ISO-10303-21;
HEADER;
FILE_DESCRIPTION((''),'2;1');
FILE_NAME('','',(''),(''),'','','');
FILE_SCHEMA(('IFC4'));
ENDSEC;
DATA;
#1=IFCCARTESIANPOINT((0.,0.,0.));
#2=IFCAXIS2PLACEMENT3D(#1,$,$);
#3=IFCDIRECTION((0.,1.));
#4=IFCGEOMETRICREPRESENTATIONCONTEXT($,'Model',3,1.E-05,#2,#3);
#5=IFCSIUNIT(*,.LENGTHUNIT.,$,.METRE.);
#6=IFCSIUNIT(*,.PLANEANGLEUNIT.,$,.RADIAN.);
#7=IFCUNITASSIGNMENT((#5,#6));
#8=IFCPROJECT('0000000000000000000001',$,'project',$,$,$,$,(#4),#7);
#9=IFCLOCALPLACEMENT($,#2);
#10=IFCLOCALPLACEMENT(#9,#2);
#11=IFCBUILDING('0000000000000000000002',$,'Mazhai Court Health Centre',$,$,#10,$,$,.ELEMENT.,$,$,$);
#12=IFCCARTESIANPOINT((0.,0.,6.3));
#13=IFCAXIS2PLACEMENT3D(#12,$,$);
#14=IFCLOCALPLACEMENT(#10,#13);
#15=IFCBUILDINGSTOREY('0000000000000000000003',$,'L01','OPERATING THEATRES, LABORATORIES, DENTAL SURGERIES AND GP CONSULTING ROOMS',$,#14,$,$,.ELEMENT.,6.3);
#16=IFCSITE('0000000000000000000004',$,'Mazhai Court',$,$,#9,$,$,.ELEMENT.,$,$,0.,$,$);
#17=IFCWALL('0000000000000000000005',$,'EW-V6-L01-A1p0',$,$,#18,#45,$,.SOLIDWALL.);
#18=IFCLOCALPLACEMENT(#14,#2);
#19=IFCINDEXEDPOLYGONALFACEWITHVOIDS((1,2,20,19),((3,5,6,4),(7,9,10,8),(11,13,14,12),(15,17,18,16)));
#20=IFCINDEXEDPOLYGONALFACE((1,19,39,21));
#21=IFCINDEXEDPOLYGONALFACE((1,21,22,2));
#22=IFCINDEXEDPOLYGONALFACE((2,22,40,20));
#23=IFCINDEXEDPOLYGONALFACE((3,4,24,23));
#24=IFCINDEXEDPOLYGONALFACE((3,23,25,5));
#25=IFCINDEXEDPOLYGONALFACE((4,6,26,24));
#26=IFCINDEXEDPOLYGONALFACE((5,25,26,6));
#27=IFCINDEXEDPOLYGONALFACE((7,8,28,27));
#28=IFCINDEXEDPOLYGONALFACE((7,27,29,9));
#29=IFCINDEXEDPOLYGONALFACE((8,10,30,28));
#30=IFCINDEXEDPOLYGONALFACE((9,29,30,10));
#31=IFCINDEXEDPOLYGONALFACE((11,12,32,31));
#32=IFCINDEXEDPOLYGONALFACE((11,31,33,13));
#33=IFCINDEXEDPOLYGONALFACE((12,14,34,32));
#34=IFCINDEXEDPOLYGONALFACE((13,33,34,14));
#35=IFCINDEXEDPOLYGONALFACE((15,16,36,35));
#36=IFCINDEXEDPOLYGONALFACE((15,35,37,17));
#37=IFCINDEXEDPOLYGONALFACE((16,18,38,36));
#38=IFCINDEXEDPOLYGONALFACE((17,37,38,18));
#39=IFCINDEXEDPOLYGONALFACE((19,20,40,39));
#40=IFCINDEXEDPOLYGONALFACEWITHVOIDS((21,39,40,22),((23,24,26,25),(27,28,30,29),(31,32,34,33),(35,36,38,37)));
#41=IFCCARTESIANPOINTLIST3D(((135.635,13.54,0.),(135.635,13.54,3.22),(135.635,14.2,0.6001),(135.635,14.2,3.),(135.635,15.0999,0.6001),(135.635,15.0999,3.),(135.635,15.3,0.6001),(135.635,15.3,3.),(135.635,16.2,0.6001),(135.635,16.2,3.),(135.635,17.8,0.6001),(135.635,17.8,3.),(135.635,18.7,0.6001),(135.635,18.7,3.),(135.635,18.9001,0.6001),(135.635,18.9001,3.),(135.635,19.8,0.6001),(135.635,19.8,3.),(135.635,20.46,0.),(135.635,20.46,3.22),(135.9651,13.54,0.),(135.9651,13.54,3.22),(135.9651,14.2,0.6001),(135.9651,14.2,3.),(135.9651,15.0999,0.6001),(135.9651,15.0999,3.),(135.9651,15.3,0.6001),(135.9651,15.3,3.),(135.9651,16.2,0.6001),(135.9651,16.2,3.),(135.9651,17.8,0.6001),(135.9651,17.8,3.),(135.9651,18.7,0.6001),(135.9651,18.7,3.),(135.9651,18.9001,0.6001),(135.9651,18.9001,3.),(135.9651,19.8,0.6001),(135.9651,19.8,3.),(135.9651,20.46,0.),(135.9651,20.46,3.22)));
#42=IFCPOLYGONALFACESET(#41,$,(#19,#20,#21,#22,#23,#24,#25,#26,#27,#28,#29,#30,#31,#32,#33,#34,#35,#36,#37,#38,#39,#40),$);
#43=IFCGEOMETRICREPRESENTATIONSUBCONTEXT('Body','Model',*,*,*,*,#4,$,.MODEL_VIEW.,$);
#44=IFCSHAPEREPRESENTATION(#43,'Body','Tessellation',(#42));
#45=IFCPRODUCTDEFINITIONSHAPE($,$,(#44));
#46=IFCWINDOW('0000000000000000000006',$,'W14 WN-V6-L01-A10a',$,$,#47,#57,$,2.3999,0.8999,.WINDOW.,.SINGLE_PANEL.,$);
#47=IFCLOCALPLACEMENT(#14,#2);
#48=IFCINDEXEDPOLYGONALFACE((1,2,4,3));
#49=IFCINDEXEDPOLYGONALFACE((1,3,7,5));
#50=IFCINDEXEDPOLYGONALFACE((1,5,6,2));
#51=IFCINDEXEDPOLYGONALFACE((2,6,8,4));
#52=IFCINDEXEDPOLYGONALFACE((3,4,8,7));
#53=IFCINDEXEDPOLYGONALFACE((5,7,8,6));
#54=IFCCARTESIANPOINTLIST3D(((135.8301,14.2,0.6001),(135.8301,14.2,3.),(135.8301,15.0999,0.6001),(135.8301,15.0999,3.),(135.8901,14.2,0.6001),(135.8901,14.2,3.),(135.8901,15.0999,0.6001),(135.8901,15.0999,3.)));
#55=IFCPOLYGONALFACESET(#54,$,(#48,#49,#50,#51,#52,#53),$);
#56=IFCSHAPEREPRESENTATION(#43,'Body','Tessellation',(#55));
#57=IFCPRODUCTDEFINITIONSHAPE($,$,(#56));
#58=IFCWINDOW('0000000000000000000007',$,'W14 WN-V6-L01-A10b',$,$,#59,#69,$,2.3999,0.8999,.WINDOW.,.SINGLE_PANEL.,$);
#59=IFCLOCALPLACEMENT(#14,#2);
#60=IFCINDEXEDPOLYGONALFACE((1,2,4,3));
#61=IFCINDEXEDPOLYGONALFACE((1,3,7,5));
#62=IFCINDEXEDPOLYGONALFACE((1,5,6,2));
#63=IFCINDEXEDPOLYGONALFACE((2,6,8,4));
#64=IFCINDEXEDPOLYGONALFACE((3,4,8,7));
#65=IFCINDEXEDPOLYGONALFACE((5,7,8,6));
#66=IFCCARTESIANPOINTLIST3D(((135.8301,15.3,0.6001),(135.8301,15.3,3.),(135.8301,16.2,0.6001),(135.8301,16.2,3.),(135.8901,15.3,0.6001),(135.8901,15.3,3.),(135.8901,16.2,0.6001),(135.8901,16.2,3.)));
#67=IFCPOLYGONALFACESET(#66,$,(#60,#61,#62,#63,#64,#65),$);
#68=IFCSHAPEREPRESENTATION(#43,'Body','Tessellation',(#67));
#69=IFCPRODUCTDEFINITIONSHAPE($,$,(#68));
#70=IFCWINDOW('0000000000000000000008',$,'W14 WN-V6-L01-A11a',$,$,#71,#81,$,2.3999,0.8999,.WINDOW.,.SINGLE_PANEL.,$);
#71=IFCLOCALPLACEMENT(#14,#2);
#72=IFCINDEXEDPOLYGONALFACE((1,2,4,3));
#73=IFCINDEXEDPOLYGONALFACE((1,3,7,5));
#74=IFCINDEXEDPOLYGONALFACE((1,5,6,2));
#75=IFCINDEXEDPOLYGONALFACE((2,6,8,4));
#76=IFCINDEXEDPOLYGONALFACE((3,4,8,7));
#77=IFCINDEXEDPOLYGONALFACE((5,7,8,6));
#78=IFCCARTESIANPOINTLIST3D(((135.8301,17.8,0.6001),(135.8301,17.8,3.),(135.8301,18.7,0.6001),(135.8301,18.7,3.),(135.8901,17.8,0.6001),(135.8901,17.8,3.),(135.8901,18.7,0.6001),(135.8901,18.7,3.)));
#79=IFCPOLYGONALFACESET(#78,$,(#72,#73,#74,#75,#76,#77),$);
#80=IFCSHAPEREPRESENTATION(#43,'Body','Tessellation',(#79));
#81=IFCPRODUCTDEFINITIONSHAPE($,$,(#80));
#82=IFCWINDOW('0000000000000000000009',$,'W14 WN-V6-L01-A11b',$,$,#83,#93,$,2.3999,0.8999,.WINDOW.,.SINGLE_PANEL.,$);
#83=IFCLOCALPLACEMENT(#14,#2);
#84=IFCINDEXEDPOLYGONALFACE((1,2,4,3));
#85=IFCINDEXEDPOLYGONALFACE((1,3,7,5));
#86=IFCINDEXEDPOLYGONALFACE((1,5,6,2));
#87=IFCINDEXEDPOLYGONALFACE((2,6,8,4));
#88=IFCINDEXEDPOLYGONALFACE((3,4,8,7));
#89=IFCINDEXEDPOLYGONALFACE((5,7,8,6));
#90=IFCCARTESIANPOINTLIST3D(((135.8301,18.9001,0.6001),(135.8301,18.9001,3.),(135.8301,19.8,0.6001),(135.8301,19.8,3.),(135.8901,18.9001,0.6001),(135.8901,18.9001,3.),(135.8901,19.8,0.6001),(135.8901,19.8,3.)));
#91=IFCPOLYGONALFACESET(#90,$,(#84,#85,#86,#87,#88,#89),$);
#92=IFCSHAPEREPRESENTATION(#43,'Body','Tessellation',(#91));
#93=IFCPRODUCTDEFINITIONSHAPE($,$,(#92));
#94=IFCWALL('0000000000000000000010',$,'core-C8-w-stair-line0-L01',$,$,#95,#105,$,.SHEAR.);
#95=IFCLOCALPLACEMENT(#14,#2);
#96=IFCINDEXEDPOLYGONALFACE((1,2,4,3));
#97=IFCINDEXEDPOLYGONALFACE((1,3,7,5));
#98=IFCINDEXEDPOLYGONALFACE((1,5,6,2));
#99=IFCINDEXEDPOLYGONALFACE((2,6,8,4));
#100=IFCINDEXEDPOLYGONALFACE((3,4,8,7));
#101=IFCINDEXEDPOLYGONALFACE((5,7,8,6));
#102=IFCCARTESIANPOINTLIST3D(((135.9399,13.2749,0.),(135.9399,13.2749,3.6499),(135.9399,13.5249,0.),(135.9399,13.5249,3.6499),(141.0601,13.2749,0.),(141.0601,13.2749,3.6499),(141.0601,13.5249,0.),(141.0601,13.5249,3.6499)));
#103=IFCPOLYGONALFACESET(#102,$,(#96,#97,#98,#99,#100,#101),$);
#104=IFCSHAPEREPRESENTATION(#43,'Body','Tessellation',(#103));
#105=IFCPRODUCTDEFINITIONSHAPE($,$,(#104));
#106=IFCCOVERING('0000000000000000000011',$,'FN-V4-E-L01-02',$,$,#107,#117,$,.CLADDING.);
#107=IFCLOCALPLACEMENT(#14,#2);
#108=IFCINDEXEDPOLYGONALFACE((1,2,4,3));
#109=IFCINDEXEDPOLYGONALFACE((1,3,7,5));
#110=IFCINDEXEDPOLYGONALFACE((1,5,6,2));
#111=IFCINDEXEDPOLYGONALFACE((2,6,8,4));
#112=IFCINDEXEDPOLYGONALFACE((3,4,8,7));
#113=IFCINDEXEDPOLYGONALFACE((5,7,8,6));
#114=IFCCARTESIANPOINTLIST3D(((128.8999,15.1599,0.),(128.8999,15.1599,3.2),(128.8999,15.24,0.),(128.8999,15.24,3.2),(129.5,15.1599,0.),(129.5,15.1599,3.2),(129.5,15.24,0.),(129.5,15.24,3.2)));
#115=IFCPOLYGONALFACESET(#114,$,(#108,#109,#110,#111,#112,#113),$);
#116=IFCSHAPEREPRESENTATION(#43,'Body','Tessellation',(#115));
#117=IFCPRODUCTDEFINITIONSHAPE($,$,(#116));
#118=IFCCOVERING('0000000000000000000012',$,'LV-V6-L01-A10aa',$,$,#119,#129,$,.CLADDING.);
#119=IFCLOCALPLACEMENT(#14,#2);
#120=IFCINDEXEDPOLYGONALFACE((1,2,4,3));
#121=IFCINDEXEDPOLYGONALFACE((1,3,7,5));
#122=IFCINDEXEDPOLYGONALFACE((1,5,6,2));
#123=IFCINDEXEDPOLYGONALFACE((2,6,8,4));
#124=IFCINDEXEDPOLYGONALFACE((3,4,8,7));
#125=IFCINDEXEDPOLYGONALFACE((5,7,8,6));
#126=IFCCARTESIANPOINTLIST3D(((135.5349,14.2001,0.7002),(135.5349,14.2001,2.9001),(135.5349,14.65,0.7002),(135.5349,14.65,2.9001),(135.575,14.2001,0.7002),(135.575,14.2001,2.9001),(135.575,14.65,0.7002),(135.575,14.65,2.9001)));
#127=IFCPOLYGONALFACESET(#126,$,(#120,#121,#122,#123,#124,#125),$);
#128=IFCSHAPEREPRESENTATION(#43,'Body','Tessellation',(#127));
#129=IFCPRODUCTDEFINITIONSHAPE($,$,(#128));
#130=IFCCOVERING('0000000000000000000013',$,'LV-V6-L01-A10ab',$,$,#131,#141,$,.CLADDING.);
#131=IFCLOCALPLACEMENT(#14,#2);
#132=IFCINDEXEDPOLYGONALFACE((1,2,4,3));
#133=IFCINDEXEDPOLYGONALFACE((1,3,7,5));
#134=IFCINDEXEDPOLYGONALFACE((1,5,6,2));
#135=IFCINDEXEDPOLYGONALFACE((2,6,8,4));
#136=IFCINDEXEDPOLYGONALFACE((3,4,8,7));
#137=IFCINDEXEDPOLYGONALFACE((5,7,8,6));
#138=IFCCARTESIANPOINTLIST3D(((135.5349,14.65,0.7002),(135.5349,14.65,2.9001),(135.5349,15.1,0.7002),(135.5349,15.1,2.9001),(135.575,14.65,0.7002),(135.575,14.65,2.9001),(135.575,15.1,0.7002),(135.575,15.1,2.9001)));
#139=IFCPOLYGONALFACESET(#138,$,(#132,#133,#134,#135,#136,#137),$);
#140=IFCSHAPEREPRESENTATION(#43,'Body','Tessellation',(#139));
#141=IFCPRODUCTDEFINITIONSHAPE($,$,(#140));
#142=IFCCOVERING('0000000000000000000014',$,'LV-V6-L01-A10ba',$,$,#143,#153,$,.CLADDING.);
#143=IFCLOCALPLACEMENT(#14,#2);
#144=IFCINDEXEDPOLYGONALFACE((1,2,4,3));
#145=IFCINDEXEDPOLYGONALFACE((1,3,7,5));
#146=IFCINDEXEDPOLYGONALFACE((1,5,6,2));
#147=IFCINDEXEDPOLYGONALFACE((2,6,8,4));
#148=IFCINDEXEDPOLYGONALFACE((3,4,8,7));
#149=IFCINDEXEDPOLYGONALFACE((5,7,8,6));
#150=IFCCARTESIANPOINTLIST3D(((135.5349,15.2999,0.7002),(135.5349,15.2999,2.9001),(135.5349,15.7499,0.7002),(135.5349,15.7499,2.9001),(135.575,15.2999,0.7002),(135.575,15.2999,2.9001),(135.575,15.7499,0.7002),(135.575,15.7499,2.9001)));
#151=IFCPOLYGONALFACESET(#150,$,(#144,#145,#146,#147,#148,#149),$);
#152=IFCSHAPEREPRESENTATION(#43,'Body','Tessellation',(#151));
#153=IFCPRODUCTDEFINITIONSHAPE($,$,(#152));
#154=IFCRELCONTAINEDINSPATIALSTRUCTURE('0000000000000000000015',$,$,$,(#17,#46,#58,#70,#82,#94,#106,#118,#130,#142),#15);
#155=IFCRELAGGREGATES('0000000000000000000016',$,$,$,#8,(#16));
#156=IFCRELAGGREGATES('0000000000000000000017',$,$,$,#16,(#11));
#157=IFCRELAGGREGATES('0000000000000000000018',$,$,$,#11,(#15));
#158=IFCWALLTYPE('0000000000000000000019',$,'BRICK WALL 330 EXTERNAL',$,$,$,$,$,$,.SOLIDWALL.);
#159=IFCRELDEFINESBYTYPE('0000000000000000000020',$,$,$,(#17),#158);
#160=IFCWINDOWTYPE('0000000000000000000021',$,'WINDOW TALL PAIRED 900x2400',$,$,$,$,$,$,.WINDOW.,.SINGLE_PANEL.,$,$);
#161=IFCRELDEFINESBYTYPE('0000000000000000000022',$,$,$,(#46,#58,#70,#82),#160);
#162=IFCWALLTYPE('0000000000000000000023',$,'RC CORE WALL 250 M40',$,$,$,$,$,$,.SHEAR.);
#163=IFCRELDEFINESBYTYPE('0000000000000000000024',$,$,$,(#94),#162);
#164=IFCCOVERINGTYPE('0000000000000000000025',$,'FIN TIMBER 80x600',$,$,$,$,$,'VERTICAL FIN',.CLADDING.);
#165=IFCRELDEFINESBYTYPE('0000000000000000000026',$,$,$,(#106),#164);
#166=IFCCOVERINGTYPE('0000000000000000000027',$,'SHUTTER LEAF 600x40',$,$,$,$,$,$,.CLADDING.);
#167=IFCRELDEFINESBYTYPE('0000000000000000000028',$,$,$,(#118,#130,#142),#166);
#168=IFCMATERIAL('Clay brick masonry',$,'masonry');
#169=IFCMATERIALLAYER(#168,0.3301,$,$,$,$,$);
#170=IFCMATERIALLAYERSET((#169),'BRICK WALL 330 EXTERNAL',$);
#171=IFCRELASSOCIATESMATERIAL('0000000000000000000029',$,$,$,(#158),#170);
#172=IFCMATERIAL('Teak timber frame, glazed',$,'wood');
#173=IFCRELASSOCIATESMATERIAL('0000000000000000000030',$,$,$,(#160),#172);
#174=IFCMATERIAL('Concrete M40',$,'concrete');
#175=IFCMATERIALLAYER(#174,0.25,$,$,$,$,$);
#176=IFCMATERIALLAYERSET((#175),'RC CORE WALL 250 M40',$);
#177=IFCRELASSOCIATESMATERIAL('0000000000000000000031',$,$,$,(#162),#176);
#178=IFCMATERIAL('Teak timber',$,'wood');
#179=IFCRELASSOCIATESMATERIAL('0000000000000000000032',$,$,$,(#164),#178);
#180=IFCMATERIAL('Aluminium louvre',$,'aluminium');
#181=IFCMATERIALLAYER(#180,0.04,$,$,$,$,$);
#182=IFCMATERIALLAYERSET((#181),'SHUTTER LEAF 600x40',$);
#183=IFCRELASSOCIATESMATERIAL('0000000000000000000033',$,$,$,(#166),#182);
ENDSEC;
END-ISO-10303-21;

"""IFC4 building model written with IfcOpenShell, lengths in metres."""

from ifc_helpers import new_model, si_unit, direction, frame, frame_2d, origin, origin_2d, place, context, subcontext, project, spatial, rectangle, extrude, material, layer, layer_set, type_object, element, fill, save


model = new_model("IFC4")

# Units and contexts
model_context = context("Model", 3, precision=1e-05, world=origin(), true_north=direction((0.0, 1.0)))
body_context = subcontext(model_context, "Body", "Model", "MODEL_VIEW")
ifc_project = project(units=[si_unit("LENGTHUNIT", "METRE"), si_unit("PLANEANGLEUNIT", "RADIAN")], contexts=[model_context])

# Site, building, storey
site_placement = place(None, origin())
site = spatial("IfcSite", under=ifc_project, at=site_placement, Name="Mazhai Court", CompositionType="ELEMENT", RefElevation=0.0)
building_placement = place(site_placement, origin())
building = spatial("IfcBuilding", under=site, at=building_placement, Name="Mazhai Court Health Centre", CompositionType="ELEMENT")
storey_placement = place(building_placement, frame((0.0, 0.0, 6.3)))
storey = spatial("IfcBuildingStorey", under=building, at=storey_placement, Name="L01", Description="OPERATING THEATRES, LABORATORIES, DENTAL SURGERIES AND GP CONSULTING ROOMS", CompositionType="ELEMENT", Elevation=6.3)

# Shared definitions
ifc_material_1 = material(Name="Clay brick masonry", Category="masonry")
ifc_layer_1 = layer(ifc_material_1, 0.3301)
ifc_layer_set_1 = layer_set([ifc_layer_1], Name="BRICK WALL 330 EXTERNAL")
wall_type_1 = type_object("IfcWallType", Name="BRICK WALL 330 EXTERNAL", PredefinedType="SOLIDWALL", material=ifc_layer_set_1)

# Wall, openings, windows
wall_1_placement = place(storey_placement, frame((135.8, 13.54, 0.0), z_axis=(0.0, 0.0, 1.0), x_axis=(0.0, 1.0, 0.0)))
wall_1 = element("IfcWall", 1, at=wall_1_placement, inside=storey, type_object=wall_type_1, Name="EW-V6-L01-A1p0", PredefinedType="SOLIDWALL", context=body_context, shape_type="SweptSolid", body=[
    extrude(rectangle(XDim=6.9199, YDim=0.3301, at=frame_2d((3.46, 0.0))), origin(), (0.0, 0.0, 1.0), 3.22),
])
opening_1_placement = place(wall_1_placement, frame((0.6599, 0.0, 0.6001)))
opening_1 = element("IfcOpeningElement", 2, at=opening_1_placement, cuts=wall_1, PredefinedType="OPENING", context=body_context, shape_type="SweptSolid", body=[
    extrude(rectangle(XDim=0.8999, YDim=2.3999, at=frame_2d((0.45, 1.2))), frame((0.0, 0.175, 0.0), z_axis=(0.0, -1.0, 0.0), x_axis=(1.0, 0.0, 0.0)), (0.0, 0.0, 1.0), 0.3501),
])
opening_2_placement = place(wall_1_placement, frame((1.76, 0.0, 0.6001)))
opening_2 = element("IfcOpeningElement", 3, at=opening_2_placement, cuts=wall_1, PredefinedType="OPENING", context=body_context, shape_type="SweptSolid", body=[
    extrude(rectangle(XDim=0.8999, YDim=2.3999, at=frame_2d((0.45, 1.2))), frame((0.0, 0.175, 0.0), z_axis=(0.0, -1.0, 0.0), x_axis=(1.0, 0.0, 0.0)), (0.0, 0.0, 1.0), 0.3501),
])
opening_3_placement = place(wall_1_placement, frame((4.26, 0.0, 0.6001)))
opening_3 = element("IfcOpeningElement", 4, at=opening_3_placement, cuts=wall_1, PredefinedType="OPENING", context=body_context, shape_type="SweptSolid", body=[
    extrude(rectangle(XDim=0.8999, YDim=2.3999, at=frame_2d((0.45, 1.2))), frame((0.0, 0.175, 0.0), z_axis=(0.0, -1.0, 0.0), x_axis=(1.0, 0.0, 0.0)), (0.0, 0.0, 1.0), 0.3501),
])
opening_4_placement = place(wall_1_placement, frame((5.3601, 0.0, 0.6001)))
opening_4 = element("IfcOpeningElement", 5, at=opening_4_placement, cuts=wall_1, PredefinedType="OPENING", context=body_context, shape_type="SweptSolid", body=[
    extrude(rectangle(XDim=0.8999, YDim=2.3999, at=frame_2d((0.45, 1.2))), frame((0.0, 0.175, 0.0), z_axis=(0.0, -1.0, 0.0), x_axis=(1.0, 0.0, 0.0)), (0.0, 0.0, 1.0), 0.3501),
])
ifc_material_2 = material(Name="Teak timber frame, glazed", Category="wood")
window_type = type_object("IfcWindowType", Name="WINDOW TALL PAIRED 900x2400", PartitioningType="SINGLE_PANEL", PredefinedType="WINDOW", material=ifc_material_2)
window_1_placement = place(opening_1_placement, origin())
window_1 = element("IfcWindow", 6, at=window_1_placement, inside=storey, type_object=window_type, Name="W14 WN-V6-L01-A10a", OverallHeight=2.3999, OverallWidth=0.8999, PartitioningType="SINGLE_PANEL", PredefinedType="WINDOW", context=body_context, shape_type="SweptSolid", body=[
    extrude(rectangle(XDim=0.8999, YDim=2.3999, at=frame_2d((0.45, 1.2))), frame((0.0, -0.03, 0.0), z_axis=(0.0, -1.0, 0.0), x_axis=(1.0, 0.0, 0.0)), (0.0, 0.0, 1.0), 0.0601),
])
fill(opening_1, window_1)
window_2_placement = place(opening_2_placement, origin())
window_2 = element("IfcWindow", 7, at=window_2_placement, inside=storey, type_object=window_type, Name="W14 WN-V6-L01-A10b", OverallHeight=2.3999, OverallWidth=0.8999, PartitioningType="SINGLE_PANEL", PredefinedType="WINDOW", context=body_context, shape_type="SweptSolid", body=[
    extrude(rectangle(XDim=0.8999, YDim=2.3999, at=frame_2d((0.45, 1.2))), frame((0.0, -0.03, 0.0), z_axis=(0.0, -1.0, 0.0), x_axis=(1.0, 0.0, 0.0)), (0.0, 0.0, 1.0), 0.0601),
])
fill(opening_2, window_2)
window_3_placement = place(opening_3_placement, origin())
window_3 = element("IfcWindow", 8, at=window_3_placement, inside=storey, type_object=window_type, Name="W14 WN-V6-L01-A11a", OverallHeight=2.3999, OverallWidth=0.8999, PartitioningType="SINGLE_PANEL", PredefinedType="WINDOW", context=body_context, shape_type="SweptSolid", body=[
    extrude(rectangle(XDim=0.8999, YDim=2.3999, at=frame_2d((0.45, 1.2))), frame((0.0, -0.03, 0.0), z_axis=(0.0, -1.0, 0.0), x_axis=(1.0, 0.0, 0.0)), (0.0, 0.0, 1.0), 0.0601),
])
fill(opening_3, window_3)
window_4_placement = place(opening_4_placement, origin())
window_4 = element("IfcWindow", 9, at=window_4_placement, inside=storey, type_object=window_type, Name="W14 WN-V6-L01-A11b", OverallHeight=2.3999, OverallWidth=0.8999, PartitioningType="SINGLE_PANEL", PredefinedType="WINDOW", context=body_context, shape_type="SweptSolid", body=[
    extrude(rectangle(XDim=0.8999, YDim=2.3999, at=frame_2d((0.45, 1.2))), frame((0.0, -0.03, 0.0), z_axis=(0.0, -1.0, 0.0), x_axis=(1.0, 0.0, 0.0)), (0.0, 0.0, 1.0), 0.0601),
])
fill(opening_4, window_4)

# Wall
ifc_material_3 = material(Name="Concrete M40", Category="concrete")
ifc_layer_2 = layer(ifc_material_3, 0.25)
ifc_layer_set_2 = layer_set([ifc_layer_2], Name="RC CORE WALL 250 M40")
wall_type_2 = type_object("IfcWallType", Name="RC CORE WALL 250 M40", PredefinedType="SHEAR", material=ifc_layer_set_2)
wall_2_placement = place(storey_placement, frame((135.9399, 13.3999, 0.0), z_axis=(0.0, 0.0, 1.0), x_axis=(1.0, 0.0, 0.0)))
element("IfcWall", 10, at=wall_2_placement, inside=storey, type_object=wall_type_2, Name="core-C8-w-stair-line0-L01", PredefinedType="SHEAR", context=body_context, shape_type="SweptSolid", body=[
    extrude(rectangle(XDim=5.1201, YDim=0.25, at=frame_2d((2.5601, 0.0))), origin(), (0.0, 0.0, 1.0), 3.6499),
])

# Coverings
ifc_material_4 = material(Name="Teak timber", Category="wood")
covering_type_1 = type_object("IfcCoveringType", Name="FIN TIMBER 80x600", ElementType="VERTICAL FIN", PredefinedType="CLADDING", material=ifc_material_4)
covering_placement = place(storey_placement, frame((129.2, 15.2, 0.0), z_axis=(0.0, 0.0, 1.0), x_axis=(0.0, 1.0, 0.0)))
element("IfcCovering", 11, at=covering_placement, inside=storey, type_object=covering_type_1, Name="FN-V4-E-L01-02", PredefinedType="CLADDING", context=body_context, shape_type="SweptSolid", body=[
    extrude(rectangle(XDim=0.0801, YDim=0.6001, at=origin_2d()), origin(), (0.0, 0.0, 1.0), 3.2),
])
ifc_material_5 = material(Name="Aluminium louvre", Category="aluminium")
ifc_layer_3 = layer(ifc_material_5, 0.04)
ifc_layer_set_3 = layer_set([ifc_layer_3], Name="SHUTTER LEAF 600x40")
covering_type_2 = type_object("IfcCoveringType", Name="SHUTTER LEAF 600x40", PredefinedType="CLADDING", material=ifc_layer_set_3)
for number, where, z_axis, x_axis, name in (
    (12, (135.5549, 14.425, 0.7002), (0.0, 0.0, 1.0), (0.0, 1.0, 0.0), "LV-V6-L01-A10aa"),
    (13, (135.5549, 14.875, 0.7002), (0.0, 0.0, 1.0), (0.0, 1.0, 0.0), "LV-V6-L01-A10ab"),
    (14, (135.5549, 15.5249, 0.7002), (0.0, 0.0, 1.0), (0.0, 1.0, 0.0), "LV-V6-L01-A10ba"),
):
    element("IfcCovering", number, at=place(storey_placement, frame(where, z_axis=z_axis, x_axis=x_axis)), inside=storey, type_object=covering_type_2, Name=name, PredefinedType="CLADDING", context=body_context, shape_type="SweptSolid", body=[
        extrude(rectangle(XDim=0.45, YDim=0.04, at=origin_2d()), origin(), (0.0, 0.0, 1.0), 2.2),
    ])

save(model, "model.ifc")
